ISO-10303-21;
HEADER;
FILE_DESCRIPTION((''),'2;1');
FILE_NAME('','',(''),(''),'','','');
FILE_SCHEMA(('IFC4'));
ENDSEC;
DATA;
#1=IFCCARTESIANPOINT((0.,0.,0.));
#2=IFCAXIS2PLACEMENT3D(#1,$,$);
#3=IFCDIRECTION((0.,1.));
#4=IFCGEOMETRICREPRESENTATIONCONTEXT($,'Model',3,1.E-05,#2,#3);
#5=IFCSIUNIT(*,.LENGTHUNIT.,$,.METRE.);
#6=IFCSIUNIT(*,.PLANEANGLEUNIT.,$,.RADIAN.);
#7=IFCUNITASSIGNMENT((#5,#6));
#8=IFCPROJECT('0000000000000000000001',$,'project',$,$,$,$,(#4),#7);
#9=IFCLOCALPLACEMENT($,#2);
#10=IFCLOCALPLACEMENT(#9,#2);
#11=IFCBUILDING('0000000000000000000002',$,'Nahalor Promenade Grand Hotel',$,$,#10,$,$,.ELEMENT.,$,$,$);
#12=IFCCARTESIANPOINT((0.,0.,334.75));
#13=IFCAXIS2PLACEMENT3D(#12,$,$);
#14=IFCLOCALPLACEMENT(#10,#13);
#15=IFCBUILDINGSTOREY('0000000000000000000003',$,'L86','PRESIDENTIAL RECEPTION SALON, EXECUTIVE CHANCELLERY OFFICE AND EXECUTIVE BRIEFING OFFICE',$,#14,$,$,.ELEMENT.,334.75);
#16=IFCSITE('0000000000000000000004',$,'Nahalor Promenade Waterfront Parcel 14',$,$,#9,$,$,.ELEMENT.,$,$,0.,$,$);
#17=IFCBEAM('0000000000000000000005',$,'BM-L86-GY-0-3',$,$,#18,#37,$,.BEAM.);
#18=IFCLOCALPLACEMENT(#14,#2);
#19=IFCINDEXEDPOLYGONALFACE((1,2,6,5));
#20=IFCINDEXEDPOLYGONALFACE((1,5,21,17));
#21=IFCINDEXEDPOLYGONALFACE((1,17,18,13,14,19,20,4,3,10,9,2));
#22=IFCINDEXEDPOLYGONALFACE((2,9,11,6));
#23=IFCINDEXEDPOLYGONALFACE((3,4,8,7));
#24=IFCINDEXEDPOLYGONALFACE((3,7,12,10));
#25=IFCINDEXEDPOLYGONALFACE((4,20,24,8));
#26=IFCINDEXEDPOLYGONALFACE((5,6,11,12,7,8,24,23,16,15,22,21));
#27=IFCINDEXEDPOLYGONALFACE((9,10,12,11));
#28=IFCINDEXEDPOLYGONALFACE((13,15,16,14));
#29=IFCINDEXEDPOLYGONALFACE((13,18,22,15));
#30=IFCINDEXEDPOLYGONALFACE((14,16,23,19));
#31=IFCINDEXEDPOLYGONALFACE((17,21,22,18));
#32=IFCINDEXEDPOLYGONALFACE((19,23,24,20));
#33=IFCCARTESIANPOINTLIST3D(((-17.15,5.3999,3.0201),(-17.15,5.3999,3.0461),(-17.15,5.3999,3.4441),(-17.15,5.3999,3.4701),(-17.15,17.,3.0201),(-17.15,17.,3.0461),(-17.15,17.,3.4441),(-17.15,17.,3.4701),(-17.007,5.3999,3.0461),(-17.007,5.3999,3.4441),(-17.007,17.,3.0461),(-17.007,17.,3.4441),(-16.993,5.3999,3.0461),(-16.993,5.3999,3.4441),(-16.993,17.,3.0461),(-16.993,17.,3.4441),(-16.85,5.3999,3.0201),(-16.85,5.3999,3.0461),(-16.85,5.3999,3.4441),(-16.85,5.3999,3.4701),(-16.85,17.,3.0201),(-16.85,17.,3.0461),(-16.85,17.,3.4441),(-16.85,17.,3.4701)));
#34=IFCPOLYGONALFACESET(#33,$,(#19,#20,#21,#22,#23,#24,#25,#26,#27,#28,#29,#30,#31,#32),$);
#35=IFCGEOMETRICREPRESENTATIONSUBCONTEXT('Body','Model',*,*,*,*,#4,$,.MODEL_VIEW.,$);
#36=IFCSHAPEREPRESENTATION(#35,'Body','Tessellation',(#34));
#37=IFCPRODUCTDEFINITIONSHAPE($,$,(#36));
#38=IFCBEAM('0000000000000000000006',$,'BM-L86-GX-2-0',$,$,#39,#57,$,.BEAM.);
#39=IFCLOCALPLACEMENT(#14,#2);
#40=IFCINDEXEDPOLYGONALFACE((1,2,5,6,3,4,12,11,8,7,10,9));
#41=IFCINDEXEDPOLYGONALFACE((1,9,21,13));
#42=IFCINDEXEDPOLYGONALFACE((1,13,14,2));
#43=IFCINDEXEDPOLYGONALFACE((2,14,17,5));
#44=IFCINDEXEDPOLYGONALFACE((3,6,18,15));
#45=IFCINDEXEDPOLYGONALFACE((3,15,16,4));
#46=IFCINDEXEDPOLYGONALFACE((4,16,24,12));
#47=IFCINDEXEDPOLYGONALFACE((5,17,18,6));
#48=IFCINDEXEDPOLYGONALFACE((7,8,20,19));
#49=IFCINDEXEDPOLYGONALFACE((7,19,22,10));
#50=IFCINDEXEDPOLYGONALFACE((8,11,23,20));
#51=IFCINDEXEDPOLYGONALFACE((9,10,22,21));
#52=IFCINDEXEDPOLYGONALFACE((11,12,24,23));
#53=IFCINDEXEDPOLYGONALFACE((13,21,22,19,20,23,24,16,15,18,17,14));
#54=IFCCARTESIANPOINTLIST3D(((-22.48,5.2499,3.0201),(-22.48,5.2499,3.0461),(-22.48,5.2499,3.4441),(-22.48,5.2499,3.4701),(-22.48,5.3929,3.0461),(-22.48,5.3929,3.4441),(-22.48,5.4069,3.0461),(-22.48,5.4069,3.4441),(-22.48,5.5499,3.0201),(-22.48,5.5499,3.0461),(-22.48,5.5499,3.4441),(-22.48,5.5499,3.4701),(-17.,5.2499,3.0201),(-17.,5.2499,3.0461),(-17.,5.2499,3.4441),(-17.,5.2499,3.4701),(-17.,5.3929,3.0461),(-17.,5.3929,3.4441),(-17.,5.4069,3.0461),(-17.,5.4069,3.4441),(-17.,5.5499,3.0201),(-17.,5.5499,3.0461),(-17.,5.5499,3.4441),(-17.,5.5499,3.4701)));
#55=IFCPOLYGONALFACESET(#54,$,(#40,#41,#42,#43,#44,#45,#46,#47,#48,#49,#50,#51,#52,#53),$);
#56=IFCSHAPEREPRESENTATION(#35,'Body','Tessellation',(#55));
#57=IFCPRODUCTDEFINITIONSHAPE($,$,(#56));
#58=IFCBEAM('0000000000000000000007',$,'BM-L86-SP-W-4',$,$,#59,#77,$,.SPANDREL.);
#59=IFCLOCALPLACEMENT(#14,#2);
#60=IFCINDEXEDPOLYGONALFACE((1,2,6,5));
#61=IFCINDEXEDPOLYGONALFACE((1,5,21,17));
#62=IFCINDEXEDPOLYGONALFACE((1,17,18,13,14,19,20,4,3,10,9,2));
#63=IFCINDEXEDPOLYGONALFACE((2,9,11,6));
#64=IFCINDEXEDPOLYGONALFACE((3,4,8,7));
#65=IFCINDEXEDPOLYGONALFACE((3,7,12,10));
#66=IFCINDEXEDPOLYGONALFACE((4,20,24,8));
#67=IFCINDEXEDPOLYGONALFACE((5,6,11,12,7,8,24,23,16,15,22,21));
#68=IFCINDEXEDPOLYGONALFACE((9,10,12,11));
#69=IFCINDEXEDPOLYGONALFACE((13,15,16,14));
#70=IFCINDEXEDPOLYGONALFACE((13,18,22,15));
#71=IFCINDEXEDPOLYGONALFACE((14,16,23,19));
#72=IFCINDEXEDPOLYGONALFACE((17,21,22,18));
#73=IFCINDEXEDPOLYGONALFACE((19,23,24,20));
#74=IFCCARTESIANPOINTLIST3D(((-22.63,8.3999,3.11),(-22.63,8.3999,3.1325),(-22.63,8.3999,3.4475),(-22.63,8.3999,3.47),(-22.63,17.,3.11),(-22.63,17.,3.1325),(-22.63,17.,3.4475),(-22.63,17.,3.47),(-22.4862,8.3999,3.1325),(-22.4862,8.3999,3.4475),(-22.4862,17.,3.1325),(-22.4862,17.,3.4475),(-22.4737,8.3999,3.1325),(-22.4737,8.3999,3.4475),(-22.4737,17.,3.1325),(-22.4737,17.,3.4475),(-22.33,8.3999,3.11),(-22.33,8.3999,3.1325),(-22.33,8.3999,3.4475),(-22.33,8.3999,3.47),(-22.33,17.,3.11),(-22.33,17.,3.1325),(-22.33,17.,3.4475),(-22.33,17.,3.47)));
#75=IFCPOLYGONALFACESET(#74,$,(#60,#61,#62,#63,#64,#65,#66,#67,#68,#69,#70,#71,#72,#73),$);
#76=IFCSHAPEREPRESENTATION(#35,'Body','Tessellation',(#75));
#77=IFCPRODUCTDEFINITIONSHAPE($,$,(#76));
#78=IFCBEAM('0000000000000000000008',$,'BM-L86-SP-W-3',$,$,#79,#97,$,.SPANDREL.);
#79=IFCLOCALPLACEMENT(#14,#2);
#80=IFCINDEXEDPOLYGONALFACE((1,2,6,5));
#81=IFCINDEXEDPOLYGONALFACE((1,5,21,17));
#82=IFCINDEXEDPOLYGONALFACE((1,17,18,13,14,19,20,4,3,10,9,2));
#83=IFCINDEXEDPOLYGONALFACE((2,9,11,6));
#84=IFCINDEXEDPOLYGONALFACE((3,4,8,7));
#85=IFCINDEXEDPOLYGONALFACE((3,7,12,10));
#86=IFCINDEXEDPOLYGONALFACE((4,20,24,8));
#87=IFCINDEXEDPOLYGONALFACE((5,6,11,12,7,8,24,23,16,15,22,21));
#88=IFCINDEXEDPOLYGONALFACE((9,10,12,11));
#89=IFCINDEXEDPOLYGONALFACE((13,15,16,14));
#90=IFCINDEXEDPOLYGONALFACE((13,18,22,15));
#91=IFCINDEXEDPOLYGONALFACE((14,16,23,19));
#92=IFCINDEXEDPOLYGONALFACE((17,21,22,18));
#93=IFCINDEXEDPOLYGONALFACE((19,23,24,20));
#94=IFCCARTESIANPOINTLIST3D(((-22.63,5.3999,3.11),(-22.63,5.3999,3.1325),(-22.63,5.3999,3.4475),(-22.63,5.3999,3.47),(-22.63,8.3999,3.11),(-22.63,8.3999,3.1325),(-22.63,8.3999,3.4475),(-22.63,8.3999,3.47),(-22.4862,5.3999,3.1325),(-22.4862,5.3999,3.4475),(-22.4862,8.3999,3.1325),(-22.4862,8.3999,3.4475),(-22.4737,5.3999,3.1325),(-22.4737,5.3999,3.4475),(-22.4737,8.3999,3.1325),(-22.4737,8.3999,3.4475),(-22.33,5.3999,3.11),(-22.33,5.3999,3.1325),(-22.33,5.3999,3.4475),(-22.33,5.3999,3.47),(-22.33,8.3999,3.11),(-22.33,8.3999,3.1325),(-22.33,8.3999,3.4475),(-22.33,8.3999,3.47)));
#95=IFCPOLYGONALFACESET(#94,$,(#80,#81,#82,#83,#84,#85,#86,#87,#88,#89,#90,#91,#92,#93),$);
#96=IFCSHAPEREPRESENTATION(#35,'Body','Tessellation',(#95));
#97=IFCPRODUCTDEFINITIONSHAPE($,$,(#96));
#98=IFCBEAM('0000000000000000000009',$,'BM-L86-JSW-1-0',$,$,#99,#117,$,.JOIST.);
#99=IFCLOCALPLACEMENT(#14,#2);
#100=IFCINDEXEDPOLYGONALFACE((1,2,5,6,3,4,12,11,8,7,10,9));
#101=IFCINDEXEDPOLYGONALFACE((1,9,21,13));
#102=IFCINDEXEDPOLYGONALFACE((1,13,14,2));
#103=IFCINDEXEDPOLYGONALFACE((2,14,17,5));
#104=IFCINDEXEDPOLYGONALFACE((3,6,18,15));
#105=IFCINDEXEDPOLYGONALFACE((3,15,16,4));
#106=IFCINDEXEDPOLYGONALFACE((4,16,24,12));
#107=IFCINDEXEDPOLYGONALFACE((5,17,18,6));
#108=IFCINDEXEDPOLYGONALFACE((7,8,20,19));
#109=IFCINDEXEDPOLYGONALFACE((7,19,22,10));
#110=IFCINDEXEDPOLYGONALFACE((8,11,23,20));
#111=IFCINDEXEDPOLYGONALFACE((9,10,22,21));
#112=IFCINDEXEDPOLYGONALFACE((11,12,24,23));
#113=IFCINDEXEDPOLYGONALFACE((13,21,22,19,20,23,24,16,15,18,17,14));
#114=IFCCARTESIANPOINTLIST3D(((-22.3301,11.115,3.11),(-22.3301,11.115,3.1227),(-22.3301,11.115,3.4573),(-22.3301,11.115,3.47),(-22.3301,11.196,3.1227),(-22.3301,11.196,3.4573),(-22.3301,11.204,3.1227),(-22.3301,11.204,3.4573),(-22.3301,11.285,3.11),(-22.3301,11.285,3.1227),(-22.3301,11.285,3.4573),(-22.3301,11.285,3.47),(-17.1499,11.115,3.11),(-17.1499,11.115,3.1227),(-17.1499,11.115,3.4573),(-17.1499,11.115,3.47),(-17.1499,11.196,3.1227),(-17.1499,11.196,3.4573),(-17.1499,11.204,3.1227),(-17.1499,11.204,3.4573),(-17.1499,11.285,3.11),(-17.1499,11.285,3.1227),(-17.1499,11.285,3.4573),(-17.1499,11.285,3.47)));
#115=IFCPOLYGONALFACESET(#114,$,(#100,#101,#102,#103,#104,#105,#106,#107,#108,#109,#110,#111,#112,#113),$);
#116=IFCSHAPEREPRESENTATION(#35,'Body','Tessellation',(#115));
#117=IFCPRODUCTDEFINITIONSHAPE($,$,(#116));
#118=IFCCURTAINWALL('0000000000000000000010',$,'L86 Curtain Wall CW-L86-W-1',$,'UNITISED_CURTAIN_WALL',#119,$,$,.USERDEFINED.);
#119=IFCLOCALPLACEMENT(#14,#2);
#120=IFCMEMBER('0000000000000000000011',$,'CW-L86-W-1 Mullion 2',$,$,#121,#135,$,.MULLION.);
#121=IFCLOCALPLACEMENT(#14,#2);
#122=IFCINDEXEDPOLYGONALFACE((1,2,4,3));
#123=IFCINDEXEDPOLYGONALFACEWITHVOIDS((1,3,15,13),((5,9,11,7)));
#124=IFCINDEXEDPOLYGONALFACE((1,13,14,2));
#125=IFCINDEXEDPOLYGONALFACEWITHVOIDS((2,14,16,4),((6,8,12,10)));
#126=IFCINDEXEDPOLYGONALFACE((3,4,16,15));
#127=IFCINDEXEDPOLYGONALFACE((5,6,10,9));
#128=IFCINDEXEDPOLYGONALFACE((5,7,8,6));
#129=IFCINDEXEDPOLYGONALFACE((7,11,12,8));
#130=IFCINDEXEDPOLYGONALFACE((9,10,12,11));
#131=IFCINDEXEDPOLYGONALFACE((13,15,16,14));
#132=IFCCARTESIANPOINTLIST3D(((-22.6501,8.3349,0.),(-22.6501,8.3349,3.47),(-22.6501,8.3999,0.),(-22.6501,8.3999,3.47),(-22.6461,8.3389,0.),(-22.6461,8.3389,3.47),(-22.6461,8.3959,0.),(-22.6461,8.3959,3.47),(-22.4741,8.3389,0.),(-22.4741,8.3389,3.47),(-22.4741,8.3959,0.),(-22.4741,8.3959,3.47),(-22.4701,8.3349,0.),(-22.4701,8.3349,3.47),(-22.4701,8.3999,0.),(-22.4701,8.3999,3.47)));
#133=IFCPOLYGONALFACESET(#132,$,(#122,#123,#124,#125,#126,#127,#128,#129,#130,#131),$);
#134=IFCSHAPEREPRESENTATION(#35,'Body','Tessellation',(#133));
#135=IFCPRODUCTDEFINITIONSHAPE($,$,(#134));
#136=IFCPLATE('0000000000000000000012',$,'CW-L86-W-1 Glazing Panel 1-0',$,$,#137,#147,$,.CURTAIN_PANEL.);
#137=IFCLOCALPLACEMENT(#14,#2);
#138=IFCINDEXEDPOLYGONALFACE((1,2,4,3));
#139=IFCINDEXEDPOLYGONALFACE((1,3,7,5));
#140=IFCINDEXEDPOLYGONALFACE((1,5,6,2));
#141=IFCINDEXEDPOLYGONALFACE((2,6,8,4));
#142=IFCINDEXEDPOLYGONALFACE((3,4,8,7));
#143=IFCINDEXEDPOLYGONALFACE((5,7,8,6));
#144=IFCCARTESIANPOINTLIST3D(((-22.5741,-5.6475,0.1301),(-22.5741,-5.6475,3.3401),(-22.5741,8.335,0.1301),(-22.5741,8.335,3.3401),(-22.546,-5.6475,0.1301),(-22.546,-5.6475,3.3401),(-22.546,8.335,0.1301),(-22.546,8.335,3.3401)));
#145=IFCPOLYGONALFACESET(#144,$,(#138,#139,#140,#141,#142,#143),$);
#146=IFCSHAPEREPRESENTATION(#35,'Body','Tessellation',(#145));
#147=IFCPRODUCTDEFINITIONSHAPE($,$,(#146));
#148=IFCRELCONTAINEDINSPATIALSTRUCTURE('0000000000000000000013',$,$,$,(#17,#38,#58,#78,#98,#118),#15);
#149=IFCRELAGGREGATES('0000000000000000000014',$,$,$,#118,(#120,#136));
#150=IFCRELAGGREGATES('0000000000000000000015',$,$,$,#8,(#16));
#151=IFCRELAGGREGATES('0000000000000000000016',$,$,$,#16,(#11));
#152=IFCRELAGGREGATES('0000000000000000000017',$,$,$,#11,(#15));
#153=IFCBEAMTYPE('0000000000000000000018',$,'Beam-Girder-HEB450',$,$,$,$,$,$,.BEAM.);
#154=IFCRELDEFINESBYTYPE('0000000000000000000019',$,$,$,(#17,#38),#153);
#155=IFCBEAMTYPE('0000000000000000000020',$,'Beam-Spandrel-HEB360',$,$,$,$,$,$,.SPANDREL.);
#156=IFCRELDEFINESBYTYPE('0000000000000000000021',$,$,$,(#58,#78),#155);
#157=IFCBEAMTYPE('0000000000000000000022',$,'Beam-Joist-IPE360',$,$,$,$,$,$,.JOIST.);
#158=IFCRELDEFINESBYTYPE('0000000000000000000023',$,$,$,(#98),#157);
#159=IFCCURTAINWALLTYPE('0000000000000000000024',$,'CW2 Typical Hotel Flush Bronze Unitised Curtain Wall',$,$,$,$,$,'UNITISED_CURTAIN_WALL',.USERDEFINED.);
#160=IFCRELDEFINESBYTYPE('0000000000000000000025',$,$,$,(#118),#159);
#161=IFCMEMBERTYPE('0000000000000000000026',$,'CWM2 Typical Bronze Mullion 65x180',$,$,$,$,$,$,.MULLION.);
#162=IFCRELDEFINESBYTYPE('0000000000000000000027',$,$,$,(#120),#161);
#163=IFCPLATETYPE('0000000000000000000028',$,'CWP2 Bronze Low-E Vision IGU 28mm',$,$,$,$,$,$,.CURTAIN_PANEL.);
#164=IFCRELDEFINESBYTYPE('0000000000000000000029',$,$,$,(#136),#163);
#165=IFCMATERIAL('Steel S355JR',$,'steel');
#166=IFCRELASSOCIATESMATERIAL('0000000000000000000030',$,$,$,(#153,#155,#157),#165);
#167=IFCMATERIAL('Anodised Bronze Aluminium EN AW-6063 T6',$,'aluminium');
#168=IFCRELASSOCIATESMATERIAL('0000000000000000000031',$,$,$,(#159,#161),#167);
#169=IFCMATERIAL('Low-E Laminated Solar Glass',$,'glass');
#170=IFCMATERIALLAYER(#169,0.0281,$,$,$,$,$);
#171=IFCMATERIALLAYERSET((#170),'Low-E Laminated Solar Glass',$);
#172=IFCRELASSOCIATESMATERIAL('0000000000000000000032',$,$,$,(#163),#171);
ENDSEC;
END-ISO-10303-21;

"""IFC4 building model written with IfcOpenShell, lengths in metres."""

from ifc_helpers import new_model, si_unit, direction, frame, origin, origin_2d, place, context, subcontext, project, spatial, rectangle, hollow_rectangle, i_section, extrude, source, transform, mapped, material, layer, layer_set, material_profile, profile_set, type_object, element, aggregate, save


model = new_model("IFC4")

# Units and contexts
model_context = context("Model", 3, precision=1e-05, world=origin(), true_north=direction((0.0, 1.0)))
body_context = subcontext(model_context, "Body", "Model", "MODEL_VIEW")
ifc_project = project(units=[si_unit("LENGTHUNIT", "METRE"), si_unit("PLANEANGLEUNIT", "RADIAN")], contexts=[model_context])

# Site, building, storey
site_placement = place(None, origin())
site = spatial("IfcSite", under=ifc_project, at=site_placement, Name="Nahalor Promenade Waterfront Parcel 14", CompositionType="ELEMENT", RefElevation=0.0)
building_placement = place(site_placement, origin())
building = spatial("IfcBuilding", under=site, at=building_placement, Name="Nahalor Promenade Grand Hotel", CompositionType="ELEMENT")
storey_placement = place(building_placement, frame((0.0, 0.0, 334.75)))
storey = spatial("IfcBuildingStorey", under=building, at=storey_placement, Name="L86", Description="PRESIDENTIAL RECEPTION SALON, EXECUTIVE CHANCELLERY OFFICE AND EXECUTIVE BRIEFING OFFICE", CompositionType="ELEMENT", Elevation=334.75)

# Shared definitions
ifc_material_1 = material(Name="Steel S355JR", Category="steel")

# Beams
ifc_material_profile_1 = material_profile(ifc_material_1, i_section(OverallWidth=0.3, OverallDepth=0.45, WebThickness=0.014, FlangeThickness=0.026, at=origin_2d()), Name="HEB 450")
ifc_profile_set_1 = profile_set([ifc_material_profile_1], Name="Steel S355JR")
beam_type_1 = type_object("IfcBeamType", Name="Beam-Girder-HEB450", PredefinedType="BEAM", material=ifc_profile_set_1)
shared_shape_1 = source(origin(), body_context, "Body", "SweptSolid", [
    extrude(i_section(OverallWidth=0.3, OverallDepth=0.45, WebThickness=0.014, FlangeThickness=0.026, at=origin_2d()), origin(), (0.0, 0.0, 1.0), 11.6001),
])
beam_1_placement = place(storey_placement, frame((-17.0, 5.3999, 3.2451), z_axis=(0.0, 1.0, 0.0), x_axis=(-1.0, 0.0, 0.0)))
element("IfcBeam", 1, at=beam_1_placement, inside=storey, type_object=beam_type_1, Name="BM-L86-GY-0-3", PredefinedType="BEAM", context=body_context, shape_type="MappedRepresentation", body=[
    mapped(shared_shape_1, transform((0.0, 0.0, 0.0), scale=1.0)),
])
shared_shape_2 = source(origin(), body_context, "Body", "SweptSolid", [
    extrude(i_section(OverallWidth=0.3, OverallDepth=0.45, WebThickness=0.014, FlangeThickness=0.026, at=origin_2d()), origin(), (0.0, 0.0, 1.0), 5.48),
])
beam_2_placement = place(storey_placement, frame((-22.48, 5.3999, 3.2451), z_axis=(1.0, 0.0, 0.0), x_axis=(0.0, 1.0, 0.0)))
element("IfcBeam", 2, at=beam_2_placement, inside=storey, type_object=beam_type_1, Name="BM-L86-GX-2-0", PredefinedType="BEAM", context=body_context, shape_type="MappedRepresentation", body=[
    mapped(shared_shape_2, transform((0.0, 0.0, 0.0), scale=1.0)),
])
ifc_material_profile_2 = material_profile(ifc_material_1, i_section(OverallWidth=0.3, OverallDepth=0.36, WebThickness=0.0125, FlangeThickness=0.0225, at=origin_2d()), Name="HEB 360")
ifc_profile_set_2 = profile_set([ifc_material_profile_2], Name="Steel S355JR")
beam_type_2 = type_object("IfcBeamType", Name="Beam-Spandrel-HEB360", PredefinedType="SPANDREL", material=ifc_profile_set_2)
shared_shape_3 = source(origin(), body_context, "Body", "SweptSolid", [
    extrude(i_section(OverallWidth=0.3, OverallDepth=0.36, WebThickness=0.0125, FlangeThickness=0.0225, at=origin_2d()), origin(), (0.0, 0.0, 1.0), 8.6001),
])
beam_3_placement = place(storey_placement, frame((-22.48, 8.3999, 3.29), z_axis=(0.0, 1.0, 0.0), x_axis=(-1.0, 0.0, 0.0)))
element("IfcBeam", 3, at=beam_3_placement, inside=storey, type_object=beam_type_2, Name="BM-L86-SP-W-4", PredefinedType="SPANDREL", context=body_context, shape_type="MappedRepresentation", body=[
    mapped(shared_shape_3, transform((0.0, 0.0, 0.0), scale=1.0)),
])
shared_shape_4 = source(origin(), body_context, "Body", "SweptSolid", [
    extrude(i_section(OverallWidth=0.3, OverallDepth=0.36, WebThickness=0.0125, FlangeThickness=0.0225, at=origin_2d()), origin(), (0.0, 0.0, 1.0), 3.0),
])
beam_4_placement = place(storey_placement, frame((-22.48, 5.3999, 3.29), z_axis=(0.0, 1.0, 0.0), x_axis=(-1.0, 0.0, 0.0)))
element("IfcBeam", 4, at=beam_4_placement, inside=storey, type_object=beam_type_2, Name="BM-L86-SP-W-3", PredefinedType="SPANDREL", context=body_context, shape_type="MappedRepresentation", body=[
    mapped(shared_shape_4, transform((0.0, 0.0, 0.0), scale=1.0)),
])
ifc_material_profile_3 = material_profile(ifc_material_1, i_section(OverallWidth=0.17, OverallDepth=0.36, WebThickness=0.008, FlangeThickness=0.0127, at=origin_2d()), Name="IPE 360")
ifc_profile_set_3 = profile_set([ifc_material_profile_3], Name="Steel S355JR")
beam_type_3 = type_object("IfcBeamType", Name="Beam-Joist-IPE360", PredefinedType="JOIST", material=ifc_profile_set_3)
shared_shape_5 = source(origin(), body_context, "Body", "SweptSolid", [
    extrude(i_section(OverallWidth=0.17, OverallDepth=0.36, WebThickness=0.008, FlangeThickness=0.0127, at=origin_2d()), origin(), (0.0, 0.0, 1.0), 5.1802),
])
beam_5_placement = place(storey_placement, frame((-22.3301, 11.2, 3.29), z_axis=(1.0, 0.0, 0.0), x_axis=(0.0, 1.0, 0.0)))
element("IfcBeam", 5, at=beam_5_placement, inside=storey, type_object=beam_type_3, Name="BM-L86-JSW-1-0", PredefinedType="JOIST", context=body_context, shape_type="MappedRepresentation", body=[
    mapped(shared_shape_5, transform((0.0, 0.0, 0.0), scale=1.0)),
])

# Curtain wall, member, plate
ifc_material_2 = material(Name="Anodised Bronze Aluminium EN AW-6063 T6", Category="aluminium")
curtain_wall_type = type_object("IfcCurtainWallType", Name="CW2 Typical Hotel Flush Bronze Unitised Curtain Wall", ElementType="UNITISED_CURTAIN_WALL", PredefinedType="USERDEFINED", material=ifc_material_2)
curtain_wall_placement = place(storey_placement, origin())
curtain_wall = element("IfcCurtainWall", 6, at=curtain_wall_placement, inside=storey, type_object=curtain_wall_type, Name="L86 Curtain Wall CW-L86-W-1", ObjectType="UNITISED_CURTAIN_WALL", PredefinedType="USERDEFINED")
ifc_material_profile_4 = material_profile(ifc_material_2, hollow_rectangle(XDim=0.065, YDim=0.18, WallThickness=0.004, at=origin_2d()), Name="CWM 65x180x4")
ifc_profile_set_4 = profile_set([ifc_material_profile_4], Name="Anodised Bronze Aluminium EN AW-6063 T6")
member_type = type_object("IfcMemberType", Name="CWM2 Typical Bronze Mullion 65x180", PredefinedType="MULLION", material=ifc_profile_set_4)
shared_shape_6 = source(origin(), body_context, "Body", "SweptSolid", [
    extrude(hollow_rectangle(XDim=0.065, YDim=0.18, WallThickness=0.004, at=origin_2d()), origin(), (0.0, 0.0, 1.0), 3.47),
])
member_placement = place(storey_placement, frame((-22.5601, 8.3674, 0.0), z_axis=(0.0, 0.0, 1.0), x_axis=(0.0, 1.0, 0.0)))
member = element("IfcMember", 7, at=member_placement, type_object=member_type, Name="CW-L86-W-1 Mullion 2", PredefinedType="MULLION", context=body_context, shape_type="MappedRepresentation", body=[
    mapped(shared_shape_6, transform((0.0, 0.0, 0.0), scale=1.0)),
])
ifc_material_3 = material(Name="Low-E Laminated Solar Glass", Category="glass")
ifc_layer_1 = layer(ifc_material_3, 0.0281)
ifc_layer_set_1 = layer_set([ifc_layer_1], Name="Low-E Laminated Solar Glass")
plate_type = type_object("IfcPlateType", Name="CWP2 Bronze Low-E Vision IGU 28mm", PredefinedType="CURTAIN_PANEL", material=ifc_layer_set_1)
shared_shape_7 = source(origin(), body_context, "Body", "SweptSolid", [
    extrude(rectangle(XDim=13.9824, YDim=0.0281, at=origin_2d()), origin(), (0.0, 0.0, 1.0), 3.21),
])
plate_placement = place(storey_placement, frame((-22.5601, 1.3438, 0.1301), z_axis=(0.0, 0.0, 1.0), x_axis=(0.0, 1.0, 0.0)))
plate = element("IfcPlate", 8, at=plate_placement, type_object=plate_type, Name="CW-L86-W-1 Glazing Panel 1-0", PredefinedType="CURTAIN_PANEL", context=body_context, shape_type="MappedRepresentation", body=[
    mapped(shared_shape_7, transform((0.0, 0.0, 0.0), scale=1.0)),
])
aggregate(curtain_wall, [member, plate])

save(model, "model.ifc")
